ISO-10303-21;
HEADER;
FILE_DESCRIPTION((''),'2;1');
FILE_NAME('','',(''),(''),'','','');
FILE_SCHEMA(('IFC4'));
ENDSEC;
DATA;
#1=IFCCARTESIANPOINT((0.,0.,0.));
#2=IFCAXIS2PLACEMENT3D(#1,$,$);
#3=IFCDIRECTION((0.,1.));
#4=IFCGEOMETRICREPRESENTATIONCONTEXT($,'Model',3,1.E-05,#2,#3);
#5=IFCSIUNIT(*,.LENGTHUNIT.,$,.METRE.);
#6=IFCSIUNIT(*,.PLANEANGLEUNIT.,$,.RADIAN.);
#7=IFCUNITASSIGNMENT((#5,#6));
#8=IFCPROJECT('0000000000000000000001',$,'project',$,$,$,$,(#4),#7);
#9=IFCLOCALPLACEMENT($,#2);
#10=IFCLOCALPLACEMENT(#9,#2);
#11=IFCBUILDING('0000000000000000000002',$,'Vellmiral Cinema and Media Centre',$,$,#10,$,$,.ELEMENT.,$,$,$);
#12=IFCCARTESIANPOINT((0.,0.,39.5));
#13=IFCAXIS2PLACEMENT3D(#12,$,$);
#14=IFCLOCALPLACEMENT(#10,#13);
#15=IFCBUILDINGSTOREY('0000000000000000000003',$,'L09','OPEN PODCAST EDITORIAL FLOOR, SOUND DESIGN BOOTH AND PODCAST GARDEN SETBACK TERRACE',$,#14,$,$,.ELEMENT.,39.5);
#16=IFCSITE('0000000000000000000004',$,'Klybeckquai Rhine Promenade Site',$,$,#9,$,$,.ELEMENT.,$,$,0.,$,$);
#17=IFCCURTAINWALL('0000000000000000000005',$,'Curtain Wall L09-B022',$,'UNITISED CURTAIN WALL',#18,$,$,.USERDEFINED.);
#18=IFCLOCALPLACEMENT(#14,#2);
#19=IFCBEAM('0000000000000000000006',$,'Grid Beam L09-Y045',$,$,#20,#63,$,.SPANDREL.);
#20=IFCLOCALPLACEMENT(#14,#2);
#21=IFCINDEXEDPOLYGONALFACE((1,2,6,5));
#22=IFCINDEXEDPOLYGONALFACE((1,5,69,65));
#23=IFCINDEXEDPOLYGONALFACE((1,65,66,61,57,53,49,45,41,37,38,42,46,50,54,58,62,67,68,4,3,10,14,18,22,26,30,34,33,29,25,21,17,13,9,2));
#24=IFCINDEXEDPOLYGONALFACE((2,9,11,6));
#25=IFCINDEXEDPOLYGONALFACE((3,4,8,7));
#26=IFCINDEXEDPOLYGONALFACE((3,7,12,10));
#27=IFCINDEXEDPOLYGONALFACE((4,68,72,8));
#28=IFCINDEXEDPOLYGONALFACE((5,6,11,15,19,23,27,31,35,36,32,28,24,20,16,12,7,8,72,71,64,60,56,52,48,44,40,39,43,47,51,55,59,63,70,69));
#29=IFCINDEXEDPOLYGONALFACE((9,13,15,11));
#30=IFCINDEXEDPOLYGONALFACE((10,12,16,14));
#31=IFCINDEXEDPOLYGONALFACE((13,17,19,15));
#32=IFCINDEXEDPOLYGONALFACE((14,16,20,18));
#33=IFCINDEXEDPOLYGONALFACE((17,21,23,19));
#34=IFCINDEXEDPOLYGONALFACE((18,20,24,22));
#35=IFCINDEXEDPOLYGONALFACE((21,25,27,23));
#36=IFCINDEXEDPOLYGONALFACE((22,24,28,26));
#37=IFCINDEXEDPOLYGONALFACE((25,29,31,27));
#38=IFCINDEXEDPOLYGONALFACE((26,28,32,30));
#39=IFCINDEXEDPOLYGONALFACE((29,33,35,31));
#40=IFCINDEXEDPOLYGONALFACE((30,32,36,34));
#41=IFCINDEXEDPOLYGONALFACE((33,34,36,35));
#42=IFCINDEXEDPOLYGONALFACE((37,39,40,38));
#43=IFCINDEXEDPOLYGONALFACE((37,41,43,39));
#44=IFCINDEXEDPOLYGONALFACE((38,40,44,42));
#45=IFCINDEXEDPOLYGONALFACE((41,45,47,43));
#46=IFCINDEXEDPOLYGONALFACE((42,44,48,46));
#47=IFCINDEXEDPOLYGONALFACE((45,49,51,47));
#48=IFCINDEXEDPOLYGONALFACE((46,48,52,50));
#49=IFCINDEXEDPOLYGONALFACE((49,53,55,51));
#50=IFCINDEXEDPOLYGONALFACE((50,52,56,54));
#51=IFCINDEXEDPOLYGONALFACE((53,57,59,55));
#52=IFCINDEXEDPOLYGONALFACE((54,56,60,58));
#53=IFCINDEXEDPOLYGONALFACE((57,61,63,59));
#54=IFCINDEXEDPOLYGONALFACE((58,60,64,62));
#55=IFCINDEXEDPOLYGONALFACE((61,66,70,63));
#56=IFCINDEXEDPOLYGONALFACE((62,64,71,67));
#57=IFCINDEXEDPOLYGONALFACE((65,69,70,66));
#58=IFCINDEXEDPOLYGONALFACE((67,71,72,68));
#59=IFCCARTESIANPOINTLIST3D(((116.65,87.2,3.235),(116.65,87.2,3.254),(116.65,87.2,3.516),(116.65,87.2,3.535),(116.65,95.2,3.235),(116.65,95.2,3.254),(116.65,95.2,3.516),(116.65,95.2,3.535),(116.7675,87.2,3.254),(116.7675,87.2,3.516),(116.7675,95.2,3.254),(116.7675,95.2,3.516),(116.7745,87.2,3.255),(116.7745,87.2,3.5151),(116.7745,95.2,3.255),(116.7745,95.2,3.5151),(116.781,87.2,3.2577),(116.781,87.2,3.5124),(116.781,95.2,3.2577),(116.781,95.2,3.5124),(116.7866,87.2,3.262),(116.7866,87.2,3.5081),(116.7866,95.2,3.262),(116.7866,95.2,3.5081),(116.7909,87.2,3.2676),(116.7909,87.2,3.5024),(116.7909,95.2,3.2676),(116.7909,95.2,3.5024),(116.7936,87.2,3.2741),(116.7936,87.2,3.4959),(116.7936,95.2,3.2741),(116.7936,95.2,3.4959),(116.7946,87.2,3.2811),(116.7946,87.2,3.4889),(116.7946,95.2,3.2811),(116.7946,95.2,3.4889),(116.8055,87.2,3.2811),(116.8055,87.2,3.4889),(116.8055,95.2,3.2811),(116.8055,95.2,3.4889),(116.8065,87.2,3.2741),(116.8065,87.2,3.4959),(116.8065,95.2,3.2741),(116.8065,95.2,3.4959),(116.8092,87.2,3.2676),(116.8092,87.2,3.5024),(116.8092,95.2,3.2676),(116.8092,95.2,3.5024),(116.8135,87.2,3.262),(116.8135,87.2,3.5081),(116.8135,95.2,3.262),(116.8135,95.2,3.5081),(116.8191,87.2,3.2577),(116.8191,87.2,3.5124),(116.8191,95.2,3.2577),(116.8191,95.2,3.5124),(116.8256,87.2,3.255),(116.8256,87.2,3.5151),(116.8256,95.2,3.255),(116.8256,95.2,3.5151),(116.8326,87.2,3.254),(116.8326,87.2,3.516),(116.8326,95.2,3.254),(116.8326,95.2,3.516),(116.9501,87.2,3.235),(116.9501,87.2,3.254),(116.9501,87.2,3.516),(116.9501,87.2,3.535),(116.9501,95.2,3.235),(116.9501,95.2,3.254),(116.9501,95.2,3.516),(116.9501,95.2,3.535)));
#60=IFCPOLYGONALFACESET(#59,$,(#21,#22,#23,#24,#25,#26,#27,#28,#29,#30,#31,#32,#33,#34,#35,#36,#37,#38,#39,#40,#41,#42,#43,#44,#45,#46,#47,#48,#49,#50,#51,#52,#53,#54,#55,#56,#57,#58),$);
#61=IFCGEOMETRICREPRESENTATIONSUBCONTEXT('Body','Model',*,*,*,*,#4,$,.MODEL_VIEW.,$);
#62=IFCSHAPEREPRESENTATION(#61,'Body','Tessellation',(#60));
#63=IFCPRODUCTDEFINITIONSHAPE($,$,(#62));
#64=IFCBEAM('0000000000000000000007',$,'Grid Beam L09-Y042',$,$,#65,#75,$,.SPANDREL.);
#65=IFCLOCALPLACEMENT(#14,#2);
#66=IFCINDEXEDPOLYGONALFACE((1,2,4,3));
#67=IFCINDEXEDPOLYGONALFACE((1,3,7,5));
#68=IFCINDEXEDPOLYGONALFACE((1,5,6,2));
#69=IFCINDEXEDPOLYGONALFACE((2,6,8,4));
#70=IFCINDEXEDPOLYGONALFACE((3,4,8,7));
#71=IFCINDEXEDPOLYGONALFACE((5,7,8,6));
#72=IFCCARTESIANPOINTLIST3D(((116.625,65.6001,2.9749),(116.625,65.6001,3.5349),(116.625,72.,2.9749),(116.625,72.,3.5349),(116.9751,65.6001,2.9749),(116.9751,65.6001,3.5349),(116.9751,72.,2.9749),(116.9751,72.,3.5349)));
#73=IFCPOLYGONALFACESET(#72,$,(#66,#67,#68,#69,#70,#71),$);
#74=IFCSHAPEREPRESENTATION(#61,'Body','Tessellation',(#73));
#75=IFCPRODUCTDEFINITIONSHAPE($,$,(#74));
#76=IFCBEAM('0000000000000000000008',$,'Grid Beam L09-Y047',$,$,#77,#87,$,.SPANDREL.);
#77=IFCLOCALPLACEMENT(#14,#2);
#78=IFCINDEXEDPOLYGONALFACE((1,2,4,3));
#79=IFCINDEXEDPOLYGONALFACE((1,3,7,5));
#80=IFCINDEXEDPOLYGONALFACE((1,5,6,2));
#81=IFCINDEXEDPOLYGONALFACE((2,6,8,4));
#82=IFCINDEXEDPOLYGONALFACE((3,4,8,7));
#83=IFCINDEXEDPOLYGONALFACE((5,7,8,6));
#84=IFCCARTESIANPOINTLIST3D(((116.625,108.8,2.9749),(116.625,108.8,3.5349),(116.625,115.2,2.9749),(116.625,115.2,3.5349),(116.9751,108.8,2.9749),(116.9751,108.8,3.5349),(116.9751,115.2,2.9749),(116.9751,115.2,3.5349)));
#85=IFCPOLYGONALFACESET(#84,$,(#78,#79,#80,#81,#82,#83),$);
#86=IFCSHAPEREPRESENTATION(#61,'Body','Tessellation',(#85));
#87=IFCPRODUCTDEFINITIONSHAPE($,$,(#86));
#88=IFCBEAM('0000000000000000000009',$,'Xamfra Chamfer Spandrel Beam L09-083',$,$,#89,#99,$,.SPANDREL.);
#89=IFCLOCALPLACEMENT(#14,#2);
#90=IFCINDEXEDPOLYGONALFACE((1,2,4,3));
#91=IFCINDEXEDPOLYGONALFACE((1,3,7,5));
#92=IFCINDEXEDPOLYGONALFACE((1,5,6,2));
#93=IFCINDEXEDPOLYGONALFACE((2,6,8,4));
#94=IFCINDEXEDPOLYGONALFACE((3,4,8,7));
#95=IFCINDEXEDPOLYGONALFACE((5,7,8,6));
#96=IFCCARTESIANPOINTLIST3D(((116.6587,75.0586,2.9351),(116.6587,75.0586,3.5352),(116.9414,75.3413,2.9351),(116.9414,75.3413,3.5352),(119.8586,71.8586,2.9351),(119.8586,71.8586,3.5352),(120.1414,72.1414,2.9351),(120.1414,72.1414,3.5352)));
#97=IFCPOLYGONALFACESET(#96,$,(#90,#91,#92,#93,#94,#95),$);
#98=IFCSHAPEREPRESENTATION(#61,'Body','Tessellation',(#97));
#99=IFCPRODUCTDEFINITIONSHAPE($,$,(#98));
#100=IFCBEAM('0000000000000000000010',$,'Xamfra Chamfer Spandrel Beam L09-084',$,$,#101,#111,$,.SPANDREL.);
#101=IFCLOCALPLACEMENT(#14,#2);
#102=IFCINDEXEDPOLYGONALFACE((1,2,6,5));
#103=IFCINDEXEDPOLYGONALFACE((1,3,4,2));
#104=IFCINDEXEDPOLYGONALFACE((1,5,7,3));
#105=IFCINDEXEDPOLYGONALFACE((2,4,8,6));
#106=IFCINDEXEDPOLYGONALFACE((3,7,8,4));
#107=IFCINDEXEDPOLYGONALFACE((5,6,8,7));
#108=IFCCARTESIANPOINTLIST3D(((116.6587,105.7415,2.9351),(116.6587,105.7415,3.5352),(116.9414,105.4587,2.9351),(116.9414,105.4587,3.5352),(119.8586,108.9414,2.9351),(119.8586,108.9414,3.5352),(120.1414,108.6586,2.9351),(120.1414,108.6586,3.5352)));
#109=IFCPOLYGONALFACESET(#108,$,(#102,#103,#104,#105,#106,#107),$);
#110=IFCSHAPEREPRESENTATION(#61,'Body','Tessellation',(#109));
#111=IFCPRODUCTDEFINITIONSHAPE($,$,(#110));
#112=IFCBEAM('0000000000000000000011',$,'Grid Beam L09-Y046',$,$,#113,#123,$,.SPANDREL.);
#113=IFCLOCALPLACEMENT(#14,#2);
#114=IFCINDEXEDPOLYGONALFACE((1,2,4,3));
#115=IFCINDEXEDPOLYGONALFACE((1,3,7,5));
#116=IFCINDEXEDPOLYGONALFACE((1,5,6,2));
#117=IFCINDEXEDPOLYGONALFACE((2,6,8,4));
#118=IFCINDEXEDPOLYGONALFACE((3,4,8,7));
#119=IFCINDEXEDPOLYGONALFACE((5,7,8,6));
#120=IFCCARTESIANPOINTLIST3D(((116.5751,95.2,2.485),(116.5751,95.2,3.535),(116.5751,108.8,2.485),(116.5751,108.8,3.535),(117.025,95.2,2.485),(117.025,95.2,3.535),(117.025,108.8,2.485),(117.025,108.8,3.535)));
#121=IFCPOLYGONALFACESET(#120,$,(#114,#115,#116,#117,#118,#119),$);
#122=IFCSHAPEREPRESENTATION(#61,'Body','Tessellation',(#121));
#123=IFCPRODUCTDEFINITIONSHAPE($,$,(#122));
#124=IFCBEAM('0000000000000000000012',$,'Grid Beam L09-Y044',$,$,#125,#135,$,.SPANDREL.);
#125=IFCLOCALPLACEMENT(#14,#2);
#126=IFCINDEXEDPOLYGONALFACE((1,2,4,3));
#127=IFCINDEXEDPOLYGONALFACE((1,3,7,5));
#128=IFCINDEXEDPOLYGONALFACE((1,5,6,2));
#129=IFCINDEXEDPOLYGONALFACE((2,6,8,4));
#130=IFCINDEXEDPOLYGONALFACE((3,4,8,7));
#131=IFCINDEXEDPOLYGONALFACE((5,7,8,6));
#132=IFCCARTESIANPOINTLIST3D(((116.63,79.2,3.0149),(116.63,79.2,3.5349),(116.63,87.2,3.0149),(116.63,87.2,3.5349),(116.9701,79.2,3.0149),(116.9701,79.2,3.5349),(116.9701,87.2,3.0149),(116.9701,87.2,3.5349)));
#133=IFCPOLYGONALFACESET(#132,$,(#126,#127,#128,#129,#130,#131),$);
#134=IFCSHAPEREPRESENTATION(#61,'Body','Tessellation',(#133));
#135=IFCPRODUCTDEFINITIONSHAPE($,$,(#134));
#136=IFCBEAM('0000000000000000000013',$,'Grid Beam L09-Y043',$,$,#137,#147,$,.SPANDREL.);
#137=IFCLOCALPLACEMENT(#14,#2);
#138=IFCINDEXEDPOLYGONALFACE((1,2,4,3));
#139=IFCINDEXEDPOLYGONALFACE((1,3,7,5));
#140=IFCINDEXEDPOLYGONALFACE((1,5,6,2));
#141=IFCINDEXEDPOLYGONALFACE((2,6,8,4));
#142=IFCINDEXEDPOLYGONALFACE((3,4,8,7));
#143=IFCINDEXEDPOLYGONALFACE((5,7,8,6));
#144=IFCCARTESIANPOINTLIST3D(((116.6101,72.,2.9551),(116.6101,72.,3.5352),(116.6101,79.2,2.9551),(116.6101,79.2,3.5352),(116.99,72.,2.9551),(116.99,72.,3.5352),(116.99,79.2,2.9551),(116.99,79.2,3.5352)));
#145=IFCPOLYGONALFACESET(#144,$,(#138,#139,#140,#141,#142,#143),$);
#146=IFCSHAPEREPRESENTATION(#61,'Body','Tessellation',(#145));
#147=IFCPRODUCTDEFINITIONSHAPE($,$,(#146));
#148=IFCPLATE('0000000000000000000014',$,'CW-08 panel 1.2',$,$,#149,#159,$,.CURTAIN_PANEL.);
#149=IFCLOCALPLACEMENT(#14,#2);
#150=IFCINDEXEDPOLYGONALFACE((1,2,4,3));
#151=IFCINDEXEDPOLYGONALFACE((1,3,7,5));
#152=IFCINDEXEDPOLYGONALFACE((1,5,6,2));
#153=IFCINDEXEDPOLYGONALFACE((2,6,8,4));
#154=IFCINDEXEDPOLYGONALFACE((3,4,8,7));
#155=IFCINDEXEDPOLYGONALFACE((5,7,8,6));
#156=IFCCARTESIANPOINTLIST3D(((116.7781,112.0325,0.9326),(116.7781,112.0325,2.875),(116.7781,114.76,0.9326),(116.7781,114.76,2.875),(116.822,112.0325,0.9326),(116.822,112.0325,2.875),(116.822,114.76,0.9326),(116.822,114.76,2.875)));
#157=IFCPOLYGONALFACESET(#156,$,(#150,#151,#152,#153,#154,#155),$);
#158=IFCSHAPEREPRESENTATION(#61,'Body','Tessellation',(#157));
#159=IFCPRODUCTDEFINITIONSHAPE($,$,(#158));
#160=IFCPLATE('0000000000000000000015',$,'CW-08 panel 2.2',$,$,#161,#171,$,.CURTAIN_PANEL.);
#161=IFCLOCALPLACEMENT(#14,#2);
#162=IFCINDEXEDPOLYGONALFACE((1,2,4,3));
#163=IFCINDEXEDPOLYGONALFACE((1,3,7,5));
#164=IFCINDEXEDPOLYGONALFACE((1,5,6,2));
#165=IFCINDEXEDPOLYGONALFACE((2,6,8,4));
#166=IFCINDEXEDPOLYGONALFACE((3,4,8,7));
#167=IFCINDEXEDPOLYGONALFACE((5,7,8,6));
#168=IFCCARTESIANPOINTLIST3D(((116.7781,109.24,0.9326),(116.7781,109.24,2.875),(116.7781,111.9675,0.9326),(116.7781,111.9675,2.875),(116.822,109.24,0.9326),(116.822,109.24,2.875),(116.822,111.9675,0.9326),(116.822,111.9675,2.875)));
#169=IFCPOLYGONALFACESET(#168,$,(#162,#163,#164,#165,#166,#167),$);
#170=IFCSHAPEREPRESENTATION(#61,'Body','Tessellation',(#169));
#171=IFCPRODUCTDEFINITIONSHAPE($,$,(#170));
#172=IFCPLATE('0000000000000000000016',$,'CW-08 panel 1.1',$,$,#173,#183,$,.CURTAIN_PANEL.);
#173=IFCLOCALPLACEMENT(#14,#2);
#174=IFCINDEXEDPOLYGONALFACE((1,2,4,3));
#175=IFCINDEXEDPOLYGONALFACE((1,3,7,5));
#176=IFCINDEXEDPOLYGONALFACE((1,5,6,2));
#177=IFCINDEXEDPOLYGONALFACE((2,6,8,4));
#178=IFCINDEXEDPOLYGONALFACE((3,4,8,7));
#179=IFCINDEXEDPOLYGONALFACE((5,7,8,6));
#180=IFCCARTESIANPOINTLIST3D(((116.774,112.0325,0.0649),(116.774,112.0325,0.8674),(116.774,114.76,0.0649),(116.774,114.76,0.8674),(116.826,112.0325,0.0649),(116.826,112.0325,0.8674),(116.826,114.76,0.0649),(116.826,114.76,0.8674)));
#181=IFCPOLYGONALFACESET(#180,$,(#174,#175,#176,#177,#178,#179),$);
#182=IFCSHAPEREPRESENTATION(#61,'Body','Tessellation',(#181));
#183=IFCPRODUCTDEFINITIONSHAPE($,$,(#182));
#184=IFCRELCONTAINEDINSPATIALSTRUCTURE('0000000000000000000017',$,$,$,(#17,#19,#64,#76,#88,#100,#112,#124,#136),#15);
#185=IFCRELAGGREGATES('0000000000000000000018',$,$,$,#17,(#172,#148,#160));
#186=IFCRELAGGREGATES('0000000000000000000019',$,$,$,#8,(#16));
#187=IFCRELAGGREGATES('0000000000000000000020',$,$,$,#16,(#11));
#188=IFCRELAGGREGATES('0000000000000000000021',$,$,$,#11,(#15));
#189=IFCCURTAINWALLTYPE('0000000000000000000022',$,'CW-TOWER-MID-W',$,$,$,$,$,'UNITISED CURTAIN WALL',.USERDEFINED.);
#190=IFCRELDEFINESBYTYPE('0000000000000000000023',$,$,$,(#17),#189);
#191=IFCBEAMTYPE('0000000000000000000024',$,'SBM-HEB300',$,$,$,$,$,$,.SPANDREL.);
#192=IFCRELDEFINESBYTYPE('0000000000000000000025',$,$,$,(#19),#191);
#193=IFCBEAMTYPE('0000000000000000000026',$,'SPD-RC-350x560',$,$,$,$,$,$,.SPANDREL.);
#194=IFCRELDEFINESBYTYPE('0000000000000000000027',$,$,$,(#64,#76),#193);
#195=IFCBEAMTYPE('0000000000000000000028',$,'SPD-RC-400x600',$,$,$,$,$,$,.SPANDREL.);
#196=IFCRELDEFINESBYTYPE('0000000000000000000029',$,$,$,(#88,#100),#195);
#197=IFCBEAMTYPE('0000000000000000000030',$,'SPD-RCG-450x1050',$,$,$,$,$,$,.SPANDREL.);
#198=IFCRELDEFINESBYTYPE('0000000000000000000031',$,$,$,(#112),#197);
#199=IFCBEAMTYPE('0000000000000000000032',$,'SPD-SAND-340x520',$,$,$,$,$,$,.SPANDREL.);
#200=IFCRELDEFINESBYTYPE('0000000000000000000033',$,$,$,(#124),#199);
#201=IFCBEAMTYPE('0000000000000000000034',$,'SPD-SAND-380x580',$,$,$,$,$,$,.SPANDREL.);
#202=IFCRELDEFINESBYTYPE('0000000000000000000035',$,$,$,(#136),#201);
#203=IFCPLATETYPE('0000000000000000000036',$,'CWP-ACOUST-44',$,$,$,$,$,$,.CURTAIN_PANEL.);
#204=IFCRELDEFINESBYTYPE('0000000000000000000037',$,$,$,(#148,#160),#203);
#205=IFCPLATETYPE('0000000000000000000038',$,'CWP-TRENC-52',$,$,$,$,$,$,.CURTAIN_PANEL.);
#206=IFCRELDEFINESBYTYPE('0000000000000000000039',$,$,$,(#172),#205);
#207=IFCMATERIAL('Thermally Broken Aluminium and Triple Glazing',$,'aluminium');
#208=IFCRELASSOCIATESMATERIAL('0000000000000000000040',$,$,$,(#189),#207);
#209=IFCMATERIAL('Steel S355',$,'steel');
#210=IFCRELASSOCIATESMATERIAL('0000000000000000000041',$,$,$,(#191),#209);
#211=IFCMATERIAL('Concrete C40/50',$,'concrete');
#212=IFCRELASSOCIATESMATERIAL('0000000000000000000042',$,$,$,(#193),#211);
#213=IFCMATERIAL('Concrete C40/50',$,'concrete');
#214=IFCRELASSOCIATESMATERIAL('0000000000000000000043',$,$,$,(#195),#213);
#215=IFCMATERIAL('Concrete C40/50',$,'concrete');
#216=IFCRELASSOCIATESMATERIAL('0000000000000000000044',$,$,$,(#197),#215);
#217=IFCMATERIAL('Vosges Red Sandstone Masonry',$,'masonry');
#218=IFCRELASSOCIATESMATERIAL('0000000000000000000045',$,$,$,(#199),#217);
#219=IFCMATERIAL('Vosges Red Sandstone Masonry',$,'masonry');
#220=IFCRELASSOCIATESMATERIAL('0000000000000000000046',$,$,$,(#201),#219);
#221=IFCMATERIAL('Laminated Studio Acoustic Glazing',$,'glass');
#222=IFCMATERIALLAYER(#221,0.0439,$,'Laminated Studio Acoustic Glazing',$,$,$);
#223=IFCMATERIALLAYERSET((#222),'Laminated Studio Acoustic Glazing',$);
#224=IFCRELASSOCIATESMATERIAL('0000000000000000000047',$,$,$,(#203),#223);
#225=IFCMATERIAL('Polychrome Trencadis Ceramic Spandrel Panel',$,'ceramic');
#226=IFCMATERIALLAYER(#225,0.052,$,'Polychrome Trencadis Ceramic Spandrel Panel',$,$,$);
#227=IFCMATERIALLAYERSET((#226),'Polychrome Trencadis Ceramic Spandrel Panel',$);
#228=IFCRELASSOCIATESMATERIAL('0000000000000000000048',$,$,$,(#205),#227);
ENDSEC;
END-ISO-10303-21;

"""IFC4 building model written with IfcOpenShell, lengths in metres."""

from ifc_helpers import new_model, si_unit, direction, frame, origin, origin_2d, place, context, subcontext, project, spatial, rectangle, i_section, extrude, material, layer, layer_set, material_profile, profile_set, type_object, element, aggregate, save


model = new_model("IFC4")

# Units and contexts
model_context = context("Model", 3, precision=1e-05, world=origin(), true_north=direction((0.0, 1.0)))
body_context = subcontext(model_context, "Body", "Model", "MODEL_VIEW")
ifc_project = project(units=[si_unit("LENGTHUNIT", "METRE"), si_unit("PLANEANGLEUNIT", "RADIAN")], contexts=[model_context])

# Site, building, storey
site_placement = place(None, origin())
site = spatial("IfcSite", under=ifc_project, at=site_placement, Name="Klybeckquai Rhine Promenade Site", CompositionType="ELEMENT", RefElevation=0.0)
building_placement = place(site_placement, origin())
building = spatial("IfcBuilding", under=site, at=building_placement, Name="Vellmiral Cinema and Media Centre", CompositionType="ELEMENT")
storey_placement = place(building_placement, frame((0.0, 0.0, 39.5)))
storey = spatial("IfcBuildingStorey", under=building, at=storey_placement, Name="L09", Description="OPEN PODCAST EDITORIAL FLOOR, SOUND DESIGN BOOTH AND PODCAST GARDEN SETBACK TERRACE", CompositionType="ELEMENT", Elevation=39.5)

# Curtain wall
ifc_material_1 = material(Name="Thermally Broken Aluminium and Triple Glazing", Category="aluminium")
curtain_wall_type = type_object("IfcCurtainWallType", Name="CW-TOWER-MID-W", ElementType="UNITISED CURTAIN WALL", PredefinedType="USERDEFINED", material=ifc_material_1)
curtain_wall_1_placement = place(storey_placement, origin())
curtain_wall_1 = element("IfcCurtainWall", 1, at=curtain_wall_1_placement, inside=storey, type_object=curtain_wall_type, Name="Curtain Wall L09-B022", ObjectType="UNITISED CURTAIN WALL", PredefinedType="USERDEFINED")

# Beams
ifc_material_2 = material(Name="Steel S355", Category="steel")
ifc_material_profile_1 = material_profile(ifc_material_2, i_section(OverallWidth=0.3, OverallDepth=0.3, WebThickness=0.011, FlangeThickness=0.019, FilletRadius=0.0271, at=origin_2d()), Name="HEB 300")
ifc_profile_set_1 = profile_set([ifc_material_profile_1], Name="Steel S355")
beam_type_1 = type_object("IfcBeamType", Name="SBM-HEB300", PredefinedType="SPANDREL", material=ifc_profile_set_1)
beam_1_placement = place(storey_placement, frame((116.8, 87.2, 3.385), z_axis=(0.0, 1.0, 0.0), x_axis=(-1.0, 0.0, 0.0)))
element("IfcBeam", 2, at=beam_1_placement, inside=storey, type_object=beam_type_1, Name="Grid Beam L09-Y045", PredefinedType="SPANDREL", context=body_context, shape_type="SweptSolid", body=[
    extrude(i_section(OverallWidth=0.3, OverallDepth=0.3, WebThickness=0.011, FlangeThickness=0.019, FilletRadius=0.0271, at=origin_2d()), origin(), (0.0, 0.0, 1.0), 8.0),
])
ifc_material_3 = material(Name="Concrete C40/50", Category="concrete")
ifc_material_profile_2 = material_profile(ifc_material_3, rectangle(XDim=0.3501, YDim=0.5601, at=origin_2d()), Name="RC 350x560")
ifc_profile_set_2 = profile_set([ifc_material_profile_2], Name="Concrete C40/50")
beam_type_2 = type_object("IfcBeamType", Name="SPD-RC-350x560", PredefinedType="SPANDREL", material=ifc_profile_set_2)
for number, where, z_axis, x_axis, name in (
    (3, (116.8, 65.6001, 3.2549), (0.0, 1.0, 0.0), (-1.0, 0.0, 0.0), "Grid Beam L09-Y042"),
    (4, (116.8, 108.8, 3.2549), (0.0, 1.0, 0.0), (-1.0, 0.0, 0.0), "Grid Beam L09-Y047"),
):
    element("IfcBeam", number, at=place(storey_placement, frame(where, z_axis=z_axis, x_axis=x_axis)), inside=storey, type_object=beam_type_2, Name=name, PredefinedType="SPANDREL", context=body_context, shape_type="SweptSolid", body=[
        extrude(rectangle(XDim=0.3501, YDim=0.5601, at=origin_2d()), origin(), (0.0, 0.0, 1.0), 6.3999),
    ])
ifc_material_4 = material(Name="Concrete C40/50", Category="concrete")
ifc_material_profile_3 = material_profile(ifc_material_4, rectangle(XDim=0.3999, YDim=0.6001, at=origin_2d()), Name="RC 400x600")
ifc_profile_set_3 = profile_set([ifc_material_profile_3], Name="Concrete C40/50")
beam_type_3 = type_object("IfcBeamType", Name="SPD-RC-400x600", PredefinedType="SPANDREL", material=ifc_profile_set_3)
for number, where, z_axis, x_axis, name in (
    (5, (116.8, 75.2, 3.2351), (0.707107, -0.707107, 0.0), (0.707107, 0.707107, 0.0), "Xamfra Chamfer Spandrel Beam L09-083"),
    (6, (116.8, 105.6001, 3.2351), (0.707107, 0.707107, 0.0), (-0.707107, 0.707107, 0.0), "Xamfra Chamfer Spandrel Beam L09-084"),
):
    element("IfcBeam", number, at=place(storey_placement, frame(where, z_axis=z_axis, x_axis=x_axis)), inside=storey, type_object=beam_type_3, Name=name, PredefinedType="SPANDREL", context=body_context, shape_type="SweptSolid", body=[
        extrude(rectangle(XDim=0.3999, YDim=0.6001, at=origin_2d()), origin(), (0.0, 0.0, 1.0), 4.5254),
    ])
ifc_material_5 = material(Name="Concrete C40/50", Category="concrete")
ifc_material_profile_4 = material_profile(ifc_material_5, rectangle(XDim=0.45, YDim=1.05, at=origin_2d()), Name="RC 450x1050")
ifc_profile_set_4 = profile_set([ifc_material_profile_4], Name="Concrete C40/50")
beam_type_4 = type_object("IfcBeamType", Name="SPD-RCG-450x1050", PredefinedType="SPANDREL", material=ifc_profile_set_4)
beam_2_placement = place(storey_placement, frame((116.8, 95.2, 3.01), z_axis=(0.0, 1.0, 0.0), x_axis=(-1.0, 0.0, 0.0)))
element("IfcBeam", 7, at=beam_2_placement, inside=storey, type_object=beam_type_4, Name="Grid Beam L09-Y046", PredefinedType="SPANDREL", context=body_context, shape_type="SweptSolid", body=[
    extrude(rectangle(XDim=0.45, YDim=1.05, at=origin_2d()), origin(), (0.0, 0.0, 1.0), 13.6001),
])
ifc_material_6 = material(Name="Vosges Red Sandstone Masonry", Category="masonry")
ifc_material_profile_5 = material_profile(ifc_material_6, rectangle(XDim=0.3401, YDim=0.52, at=origin_2d()), Name="SAND 340x520")
ifc_profile_set_5 = profile_set([ifc_material_profile_5], Name="Vosges Red Sandstone Masonry")
beam_type_5 = type_object("IfcBeamType", Name="SPD-SAND-340x520", PredefinedType="SPANDREL", material=ifc_profile_set_5)
beam_3_placement = place(storey_placement, frame((116.8, 79.2, 3.2749), z_axis=(0.0, 1.0, 0.0), x_axis=(-1.0, 0.0, 0.0)))
element("IfcBeam", 8, at=beam_3_placement, inside=storey, type_object=beam_type_5, Name="Grid Beam L09-Y044", PredefinedType="SPANDREL", context=body_context, shape_type="SweptSolid", body=[
    extrude(rectangle(XDim=0.3401, YDim=0.52, at=origin_2d()), origin(), (0.0, 0.0, 1.0), 8.0),
])
ifc_material_7 = material(Name="Vosges Red Sandstone Masonry", Category="masonry")
ifc_material_profile_6 = material_profile(ifc_material_7, rectangle(XDim=0.3799, YDim=0.5801, at=origin_2d()), Name="SAND 380x580")
ifc_profile_set_6 = profile_set([ifc_material_profile_6], Name="Vosges Red Sandstone Masonry")
beam_type_6 = type_object("IfcBeamType", Name="SPD-SAND-380x580", PredefinedType="SPANDREL", material=ifc_profile_set_6)
beam_4_placement = place(storey_placement, frame((116.8, 72.0, 3.2451), z_axis=(0.0, 1.0, 0.0), x_axis=(-1.0, 0.0, 0.0)))
element("IfcBeam", 9, at=beam_4_placement, inside=storey, type_object=beam_type_6, Name="Grid Beam L09-Y043", PredefinedType="SPANDREL", context=body_context, shape_type="SweptSolid", body=[
    extrude(rectangle(XDim=0.3799, YDim=0.5801, at=origin_2d()), origin(), (0.0, 0.0, 1.0), 7.2),
])

# Plates
ifc_material_8 = material(Name="Laminated Studio Acoustic Glazing", Category="glass")
ifc_layer_1 = layer(ifc_material_8, 0.0439, Name="Laminated Studio Acoustic Glazing")
ifc_layer_set_1 = layer_set([ifc_layer_1], Name="Laminated Studio Acoustic Glazing")
plate_type_1 = type_object("IfcPlateType", Name="CWP-ACOUST-44", PredefinedType="CURTAIN_PANEL", material=ifc_layer_set_1)
plate_1_placement = place(storey_placement, frame((116.8, 113.3962, 0.9326), z_axis=(0.0, 0.0, 1.0), x_axis=(0.0, -1.0, 0.0)))
plate_1 = element("IfcPlate", 10, at=plate_1_placement, type_object=plate_type_1, Name="CW-08 panel 1.2", PredefinedType="CURTAIN_PANEL", context=body_context, shape_type="SweptSolid", body=[
    extrude(rectangle(XDim=2.7275, YDim=0.0439, at=origin_2d()), origin(), (0.0, 0.0, 1.0), 1.9424),
])
plate_2_placement = place(storey_placement, frame((116.8, 110.6038, 0.9326), z_axis=(0.0, 0.0, 1.0), x_axis=(0.0, -1.0, 0.0)))
plate_2 = element("IfcPlate", 11, at=plate_2_placement, type_object=plate_type_1, Name="CW-08 panel 2.2", PredefinedType="CURTAIN_PANEL", context=body_context, shape_type="SweptSolid", body=[
    extrude(rectangle(XDim=2.7275, YDim=0.0439, at=origin_2d()), origin(), (0.0, 0.0, 1.0), 1.9424),
])
ifc_material_9 = material(Name="Polychrome Trencadis Ceramic Spandrel Panel", Category="ceramic")
ifc_layer_2 = layer(ifc_material_9, 0.052, Name="Polychrome Trencadis Ceramic Spandrel Panel")
ifc_layer_set_2 = layer_set([ifc_layer_2], Name="Polychrome Trencadis Ceramic Spandrel Panel")
plate_type_2 = type_object("IfcPlateType", Name="CWP-TRENC-52", PredefinedType="CURTAIN_PANEL", material=ifc_layer_set_2)
plate_3_placement = place(storey_placement, frame((116.8, 113.3962, 0.0649), z_axis=(0.0, 0.0, 1.0), x_axis=(0.0, -1.0, 0.0)))
plate_3 = element("IfcPlate", 12, at=plate_3_placement, type_object=plate_type_2, Name="CW-08 panel 1.1", PredefinedType="CURTAIN_PANEL", context=body_context, shape_type="SweptSolid", body=[
    extrude(rectangle(XDim=2.7275, YDim=0.052, at=origin_2d()), origin(), (0.0, 0.0, 1.0), 0.8025),
])
aggregate(curtain_wall_1, [plate_3, plate_1, plate_2])

save(model, "model.ifc")
